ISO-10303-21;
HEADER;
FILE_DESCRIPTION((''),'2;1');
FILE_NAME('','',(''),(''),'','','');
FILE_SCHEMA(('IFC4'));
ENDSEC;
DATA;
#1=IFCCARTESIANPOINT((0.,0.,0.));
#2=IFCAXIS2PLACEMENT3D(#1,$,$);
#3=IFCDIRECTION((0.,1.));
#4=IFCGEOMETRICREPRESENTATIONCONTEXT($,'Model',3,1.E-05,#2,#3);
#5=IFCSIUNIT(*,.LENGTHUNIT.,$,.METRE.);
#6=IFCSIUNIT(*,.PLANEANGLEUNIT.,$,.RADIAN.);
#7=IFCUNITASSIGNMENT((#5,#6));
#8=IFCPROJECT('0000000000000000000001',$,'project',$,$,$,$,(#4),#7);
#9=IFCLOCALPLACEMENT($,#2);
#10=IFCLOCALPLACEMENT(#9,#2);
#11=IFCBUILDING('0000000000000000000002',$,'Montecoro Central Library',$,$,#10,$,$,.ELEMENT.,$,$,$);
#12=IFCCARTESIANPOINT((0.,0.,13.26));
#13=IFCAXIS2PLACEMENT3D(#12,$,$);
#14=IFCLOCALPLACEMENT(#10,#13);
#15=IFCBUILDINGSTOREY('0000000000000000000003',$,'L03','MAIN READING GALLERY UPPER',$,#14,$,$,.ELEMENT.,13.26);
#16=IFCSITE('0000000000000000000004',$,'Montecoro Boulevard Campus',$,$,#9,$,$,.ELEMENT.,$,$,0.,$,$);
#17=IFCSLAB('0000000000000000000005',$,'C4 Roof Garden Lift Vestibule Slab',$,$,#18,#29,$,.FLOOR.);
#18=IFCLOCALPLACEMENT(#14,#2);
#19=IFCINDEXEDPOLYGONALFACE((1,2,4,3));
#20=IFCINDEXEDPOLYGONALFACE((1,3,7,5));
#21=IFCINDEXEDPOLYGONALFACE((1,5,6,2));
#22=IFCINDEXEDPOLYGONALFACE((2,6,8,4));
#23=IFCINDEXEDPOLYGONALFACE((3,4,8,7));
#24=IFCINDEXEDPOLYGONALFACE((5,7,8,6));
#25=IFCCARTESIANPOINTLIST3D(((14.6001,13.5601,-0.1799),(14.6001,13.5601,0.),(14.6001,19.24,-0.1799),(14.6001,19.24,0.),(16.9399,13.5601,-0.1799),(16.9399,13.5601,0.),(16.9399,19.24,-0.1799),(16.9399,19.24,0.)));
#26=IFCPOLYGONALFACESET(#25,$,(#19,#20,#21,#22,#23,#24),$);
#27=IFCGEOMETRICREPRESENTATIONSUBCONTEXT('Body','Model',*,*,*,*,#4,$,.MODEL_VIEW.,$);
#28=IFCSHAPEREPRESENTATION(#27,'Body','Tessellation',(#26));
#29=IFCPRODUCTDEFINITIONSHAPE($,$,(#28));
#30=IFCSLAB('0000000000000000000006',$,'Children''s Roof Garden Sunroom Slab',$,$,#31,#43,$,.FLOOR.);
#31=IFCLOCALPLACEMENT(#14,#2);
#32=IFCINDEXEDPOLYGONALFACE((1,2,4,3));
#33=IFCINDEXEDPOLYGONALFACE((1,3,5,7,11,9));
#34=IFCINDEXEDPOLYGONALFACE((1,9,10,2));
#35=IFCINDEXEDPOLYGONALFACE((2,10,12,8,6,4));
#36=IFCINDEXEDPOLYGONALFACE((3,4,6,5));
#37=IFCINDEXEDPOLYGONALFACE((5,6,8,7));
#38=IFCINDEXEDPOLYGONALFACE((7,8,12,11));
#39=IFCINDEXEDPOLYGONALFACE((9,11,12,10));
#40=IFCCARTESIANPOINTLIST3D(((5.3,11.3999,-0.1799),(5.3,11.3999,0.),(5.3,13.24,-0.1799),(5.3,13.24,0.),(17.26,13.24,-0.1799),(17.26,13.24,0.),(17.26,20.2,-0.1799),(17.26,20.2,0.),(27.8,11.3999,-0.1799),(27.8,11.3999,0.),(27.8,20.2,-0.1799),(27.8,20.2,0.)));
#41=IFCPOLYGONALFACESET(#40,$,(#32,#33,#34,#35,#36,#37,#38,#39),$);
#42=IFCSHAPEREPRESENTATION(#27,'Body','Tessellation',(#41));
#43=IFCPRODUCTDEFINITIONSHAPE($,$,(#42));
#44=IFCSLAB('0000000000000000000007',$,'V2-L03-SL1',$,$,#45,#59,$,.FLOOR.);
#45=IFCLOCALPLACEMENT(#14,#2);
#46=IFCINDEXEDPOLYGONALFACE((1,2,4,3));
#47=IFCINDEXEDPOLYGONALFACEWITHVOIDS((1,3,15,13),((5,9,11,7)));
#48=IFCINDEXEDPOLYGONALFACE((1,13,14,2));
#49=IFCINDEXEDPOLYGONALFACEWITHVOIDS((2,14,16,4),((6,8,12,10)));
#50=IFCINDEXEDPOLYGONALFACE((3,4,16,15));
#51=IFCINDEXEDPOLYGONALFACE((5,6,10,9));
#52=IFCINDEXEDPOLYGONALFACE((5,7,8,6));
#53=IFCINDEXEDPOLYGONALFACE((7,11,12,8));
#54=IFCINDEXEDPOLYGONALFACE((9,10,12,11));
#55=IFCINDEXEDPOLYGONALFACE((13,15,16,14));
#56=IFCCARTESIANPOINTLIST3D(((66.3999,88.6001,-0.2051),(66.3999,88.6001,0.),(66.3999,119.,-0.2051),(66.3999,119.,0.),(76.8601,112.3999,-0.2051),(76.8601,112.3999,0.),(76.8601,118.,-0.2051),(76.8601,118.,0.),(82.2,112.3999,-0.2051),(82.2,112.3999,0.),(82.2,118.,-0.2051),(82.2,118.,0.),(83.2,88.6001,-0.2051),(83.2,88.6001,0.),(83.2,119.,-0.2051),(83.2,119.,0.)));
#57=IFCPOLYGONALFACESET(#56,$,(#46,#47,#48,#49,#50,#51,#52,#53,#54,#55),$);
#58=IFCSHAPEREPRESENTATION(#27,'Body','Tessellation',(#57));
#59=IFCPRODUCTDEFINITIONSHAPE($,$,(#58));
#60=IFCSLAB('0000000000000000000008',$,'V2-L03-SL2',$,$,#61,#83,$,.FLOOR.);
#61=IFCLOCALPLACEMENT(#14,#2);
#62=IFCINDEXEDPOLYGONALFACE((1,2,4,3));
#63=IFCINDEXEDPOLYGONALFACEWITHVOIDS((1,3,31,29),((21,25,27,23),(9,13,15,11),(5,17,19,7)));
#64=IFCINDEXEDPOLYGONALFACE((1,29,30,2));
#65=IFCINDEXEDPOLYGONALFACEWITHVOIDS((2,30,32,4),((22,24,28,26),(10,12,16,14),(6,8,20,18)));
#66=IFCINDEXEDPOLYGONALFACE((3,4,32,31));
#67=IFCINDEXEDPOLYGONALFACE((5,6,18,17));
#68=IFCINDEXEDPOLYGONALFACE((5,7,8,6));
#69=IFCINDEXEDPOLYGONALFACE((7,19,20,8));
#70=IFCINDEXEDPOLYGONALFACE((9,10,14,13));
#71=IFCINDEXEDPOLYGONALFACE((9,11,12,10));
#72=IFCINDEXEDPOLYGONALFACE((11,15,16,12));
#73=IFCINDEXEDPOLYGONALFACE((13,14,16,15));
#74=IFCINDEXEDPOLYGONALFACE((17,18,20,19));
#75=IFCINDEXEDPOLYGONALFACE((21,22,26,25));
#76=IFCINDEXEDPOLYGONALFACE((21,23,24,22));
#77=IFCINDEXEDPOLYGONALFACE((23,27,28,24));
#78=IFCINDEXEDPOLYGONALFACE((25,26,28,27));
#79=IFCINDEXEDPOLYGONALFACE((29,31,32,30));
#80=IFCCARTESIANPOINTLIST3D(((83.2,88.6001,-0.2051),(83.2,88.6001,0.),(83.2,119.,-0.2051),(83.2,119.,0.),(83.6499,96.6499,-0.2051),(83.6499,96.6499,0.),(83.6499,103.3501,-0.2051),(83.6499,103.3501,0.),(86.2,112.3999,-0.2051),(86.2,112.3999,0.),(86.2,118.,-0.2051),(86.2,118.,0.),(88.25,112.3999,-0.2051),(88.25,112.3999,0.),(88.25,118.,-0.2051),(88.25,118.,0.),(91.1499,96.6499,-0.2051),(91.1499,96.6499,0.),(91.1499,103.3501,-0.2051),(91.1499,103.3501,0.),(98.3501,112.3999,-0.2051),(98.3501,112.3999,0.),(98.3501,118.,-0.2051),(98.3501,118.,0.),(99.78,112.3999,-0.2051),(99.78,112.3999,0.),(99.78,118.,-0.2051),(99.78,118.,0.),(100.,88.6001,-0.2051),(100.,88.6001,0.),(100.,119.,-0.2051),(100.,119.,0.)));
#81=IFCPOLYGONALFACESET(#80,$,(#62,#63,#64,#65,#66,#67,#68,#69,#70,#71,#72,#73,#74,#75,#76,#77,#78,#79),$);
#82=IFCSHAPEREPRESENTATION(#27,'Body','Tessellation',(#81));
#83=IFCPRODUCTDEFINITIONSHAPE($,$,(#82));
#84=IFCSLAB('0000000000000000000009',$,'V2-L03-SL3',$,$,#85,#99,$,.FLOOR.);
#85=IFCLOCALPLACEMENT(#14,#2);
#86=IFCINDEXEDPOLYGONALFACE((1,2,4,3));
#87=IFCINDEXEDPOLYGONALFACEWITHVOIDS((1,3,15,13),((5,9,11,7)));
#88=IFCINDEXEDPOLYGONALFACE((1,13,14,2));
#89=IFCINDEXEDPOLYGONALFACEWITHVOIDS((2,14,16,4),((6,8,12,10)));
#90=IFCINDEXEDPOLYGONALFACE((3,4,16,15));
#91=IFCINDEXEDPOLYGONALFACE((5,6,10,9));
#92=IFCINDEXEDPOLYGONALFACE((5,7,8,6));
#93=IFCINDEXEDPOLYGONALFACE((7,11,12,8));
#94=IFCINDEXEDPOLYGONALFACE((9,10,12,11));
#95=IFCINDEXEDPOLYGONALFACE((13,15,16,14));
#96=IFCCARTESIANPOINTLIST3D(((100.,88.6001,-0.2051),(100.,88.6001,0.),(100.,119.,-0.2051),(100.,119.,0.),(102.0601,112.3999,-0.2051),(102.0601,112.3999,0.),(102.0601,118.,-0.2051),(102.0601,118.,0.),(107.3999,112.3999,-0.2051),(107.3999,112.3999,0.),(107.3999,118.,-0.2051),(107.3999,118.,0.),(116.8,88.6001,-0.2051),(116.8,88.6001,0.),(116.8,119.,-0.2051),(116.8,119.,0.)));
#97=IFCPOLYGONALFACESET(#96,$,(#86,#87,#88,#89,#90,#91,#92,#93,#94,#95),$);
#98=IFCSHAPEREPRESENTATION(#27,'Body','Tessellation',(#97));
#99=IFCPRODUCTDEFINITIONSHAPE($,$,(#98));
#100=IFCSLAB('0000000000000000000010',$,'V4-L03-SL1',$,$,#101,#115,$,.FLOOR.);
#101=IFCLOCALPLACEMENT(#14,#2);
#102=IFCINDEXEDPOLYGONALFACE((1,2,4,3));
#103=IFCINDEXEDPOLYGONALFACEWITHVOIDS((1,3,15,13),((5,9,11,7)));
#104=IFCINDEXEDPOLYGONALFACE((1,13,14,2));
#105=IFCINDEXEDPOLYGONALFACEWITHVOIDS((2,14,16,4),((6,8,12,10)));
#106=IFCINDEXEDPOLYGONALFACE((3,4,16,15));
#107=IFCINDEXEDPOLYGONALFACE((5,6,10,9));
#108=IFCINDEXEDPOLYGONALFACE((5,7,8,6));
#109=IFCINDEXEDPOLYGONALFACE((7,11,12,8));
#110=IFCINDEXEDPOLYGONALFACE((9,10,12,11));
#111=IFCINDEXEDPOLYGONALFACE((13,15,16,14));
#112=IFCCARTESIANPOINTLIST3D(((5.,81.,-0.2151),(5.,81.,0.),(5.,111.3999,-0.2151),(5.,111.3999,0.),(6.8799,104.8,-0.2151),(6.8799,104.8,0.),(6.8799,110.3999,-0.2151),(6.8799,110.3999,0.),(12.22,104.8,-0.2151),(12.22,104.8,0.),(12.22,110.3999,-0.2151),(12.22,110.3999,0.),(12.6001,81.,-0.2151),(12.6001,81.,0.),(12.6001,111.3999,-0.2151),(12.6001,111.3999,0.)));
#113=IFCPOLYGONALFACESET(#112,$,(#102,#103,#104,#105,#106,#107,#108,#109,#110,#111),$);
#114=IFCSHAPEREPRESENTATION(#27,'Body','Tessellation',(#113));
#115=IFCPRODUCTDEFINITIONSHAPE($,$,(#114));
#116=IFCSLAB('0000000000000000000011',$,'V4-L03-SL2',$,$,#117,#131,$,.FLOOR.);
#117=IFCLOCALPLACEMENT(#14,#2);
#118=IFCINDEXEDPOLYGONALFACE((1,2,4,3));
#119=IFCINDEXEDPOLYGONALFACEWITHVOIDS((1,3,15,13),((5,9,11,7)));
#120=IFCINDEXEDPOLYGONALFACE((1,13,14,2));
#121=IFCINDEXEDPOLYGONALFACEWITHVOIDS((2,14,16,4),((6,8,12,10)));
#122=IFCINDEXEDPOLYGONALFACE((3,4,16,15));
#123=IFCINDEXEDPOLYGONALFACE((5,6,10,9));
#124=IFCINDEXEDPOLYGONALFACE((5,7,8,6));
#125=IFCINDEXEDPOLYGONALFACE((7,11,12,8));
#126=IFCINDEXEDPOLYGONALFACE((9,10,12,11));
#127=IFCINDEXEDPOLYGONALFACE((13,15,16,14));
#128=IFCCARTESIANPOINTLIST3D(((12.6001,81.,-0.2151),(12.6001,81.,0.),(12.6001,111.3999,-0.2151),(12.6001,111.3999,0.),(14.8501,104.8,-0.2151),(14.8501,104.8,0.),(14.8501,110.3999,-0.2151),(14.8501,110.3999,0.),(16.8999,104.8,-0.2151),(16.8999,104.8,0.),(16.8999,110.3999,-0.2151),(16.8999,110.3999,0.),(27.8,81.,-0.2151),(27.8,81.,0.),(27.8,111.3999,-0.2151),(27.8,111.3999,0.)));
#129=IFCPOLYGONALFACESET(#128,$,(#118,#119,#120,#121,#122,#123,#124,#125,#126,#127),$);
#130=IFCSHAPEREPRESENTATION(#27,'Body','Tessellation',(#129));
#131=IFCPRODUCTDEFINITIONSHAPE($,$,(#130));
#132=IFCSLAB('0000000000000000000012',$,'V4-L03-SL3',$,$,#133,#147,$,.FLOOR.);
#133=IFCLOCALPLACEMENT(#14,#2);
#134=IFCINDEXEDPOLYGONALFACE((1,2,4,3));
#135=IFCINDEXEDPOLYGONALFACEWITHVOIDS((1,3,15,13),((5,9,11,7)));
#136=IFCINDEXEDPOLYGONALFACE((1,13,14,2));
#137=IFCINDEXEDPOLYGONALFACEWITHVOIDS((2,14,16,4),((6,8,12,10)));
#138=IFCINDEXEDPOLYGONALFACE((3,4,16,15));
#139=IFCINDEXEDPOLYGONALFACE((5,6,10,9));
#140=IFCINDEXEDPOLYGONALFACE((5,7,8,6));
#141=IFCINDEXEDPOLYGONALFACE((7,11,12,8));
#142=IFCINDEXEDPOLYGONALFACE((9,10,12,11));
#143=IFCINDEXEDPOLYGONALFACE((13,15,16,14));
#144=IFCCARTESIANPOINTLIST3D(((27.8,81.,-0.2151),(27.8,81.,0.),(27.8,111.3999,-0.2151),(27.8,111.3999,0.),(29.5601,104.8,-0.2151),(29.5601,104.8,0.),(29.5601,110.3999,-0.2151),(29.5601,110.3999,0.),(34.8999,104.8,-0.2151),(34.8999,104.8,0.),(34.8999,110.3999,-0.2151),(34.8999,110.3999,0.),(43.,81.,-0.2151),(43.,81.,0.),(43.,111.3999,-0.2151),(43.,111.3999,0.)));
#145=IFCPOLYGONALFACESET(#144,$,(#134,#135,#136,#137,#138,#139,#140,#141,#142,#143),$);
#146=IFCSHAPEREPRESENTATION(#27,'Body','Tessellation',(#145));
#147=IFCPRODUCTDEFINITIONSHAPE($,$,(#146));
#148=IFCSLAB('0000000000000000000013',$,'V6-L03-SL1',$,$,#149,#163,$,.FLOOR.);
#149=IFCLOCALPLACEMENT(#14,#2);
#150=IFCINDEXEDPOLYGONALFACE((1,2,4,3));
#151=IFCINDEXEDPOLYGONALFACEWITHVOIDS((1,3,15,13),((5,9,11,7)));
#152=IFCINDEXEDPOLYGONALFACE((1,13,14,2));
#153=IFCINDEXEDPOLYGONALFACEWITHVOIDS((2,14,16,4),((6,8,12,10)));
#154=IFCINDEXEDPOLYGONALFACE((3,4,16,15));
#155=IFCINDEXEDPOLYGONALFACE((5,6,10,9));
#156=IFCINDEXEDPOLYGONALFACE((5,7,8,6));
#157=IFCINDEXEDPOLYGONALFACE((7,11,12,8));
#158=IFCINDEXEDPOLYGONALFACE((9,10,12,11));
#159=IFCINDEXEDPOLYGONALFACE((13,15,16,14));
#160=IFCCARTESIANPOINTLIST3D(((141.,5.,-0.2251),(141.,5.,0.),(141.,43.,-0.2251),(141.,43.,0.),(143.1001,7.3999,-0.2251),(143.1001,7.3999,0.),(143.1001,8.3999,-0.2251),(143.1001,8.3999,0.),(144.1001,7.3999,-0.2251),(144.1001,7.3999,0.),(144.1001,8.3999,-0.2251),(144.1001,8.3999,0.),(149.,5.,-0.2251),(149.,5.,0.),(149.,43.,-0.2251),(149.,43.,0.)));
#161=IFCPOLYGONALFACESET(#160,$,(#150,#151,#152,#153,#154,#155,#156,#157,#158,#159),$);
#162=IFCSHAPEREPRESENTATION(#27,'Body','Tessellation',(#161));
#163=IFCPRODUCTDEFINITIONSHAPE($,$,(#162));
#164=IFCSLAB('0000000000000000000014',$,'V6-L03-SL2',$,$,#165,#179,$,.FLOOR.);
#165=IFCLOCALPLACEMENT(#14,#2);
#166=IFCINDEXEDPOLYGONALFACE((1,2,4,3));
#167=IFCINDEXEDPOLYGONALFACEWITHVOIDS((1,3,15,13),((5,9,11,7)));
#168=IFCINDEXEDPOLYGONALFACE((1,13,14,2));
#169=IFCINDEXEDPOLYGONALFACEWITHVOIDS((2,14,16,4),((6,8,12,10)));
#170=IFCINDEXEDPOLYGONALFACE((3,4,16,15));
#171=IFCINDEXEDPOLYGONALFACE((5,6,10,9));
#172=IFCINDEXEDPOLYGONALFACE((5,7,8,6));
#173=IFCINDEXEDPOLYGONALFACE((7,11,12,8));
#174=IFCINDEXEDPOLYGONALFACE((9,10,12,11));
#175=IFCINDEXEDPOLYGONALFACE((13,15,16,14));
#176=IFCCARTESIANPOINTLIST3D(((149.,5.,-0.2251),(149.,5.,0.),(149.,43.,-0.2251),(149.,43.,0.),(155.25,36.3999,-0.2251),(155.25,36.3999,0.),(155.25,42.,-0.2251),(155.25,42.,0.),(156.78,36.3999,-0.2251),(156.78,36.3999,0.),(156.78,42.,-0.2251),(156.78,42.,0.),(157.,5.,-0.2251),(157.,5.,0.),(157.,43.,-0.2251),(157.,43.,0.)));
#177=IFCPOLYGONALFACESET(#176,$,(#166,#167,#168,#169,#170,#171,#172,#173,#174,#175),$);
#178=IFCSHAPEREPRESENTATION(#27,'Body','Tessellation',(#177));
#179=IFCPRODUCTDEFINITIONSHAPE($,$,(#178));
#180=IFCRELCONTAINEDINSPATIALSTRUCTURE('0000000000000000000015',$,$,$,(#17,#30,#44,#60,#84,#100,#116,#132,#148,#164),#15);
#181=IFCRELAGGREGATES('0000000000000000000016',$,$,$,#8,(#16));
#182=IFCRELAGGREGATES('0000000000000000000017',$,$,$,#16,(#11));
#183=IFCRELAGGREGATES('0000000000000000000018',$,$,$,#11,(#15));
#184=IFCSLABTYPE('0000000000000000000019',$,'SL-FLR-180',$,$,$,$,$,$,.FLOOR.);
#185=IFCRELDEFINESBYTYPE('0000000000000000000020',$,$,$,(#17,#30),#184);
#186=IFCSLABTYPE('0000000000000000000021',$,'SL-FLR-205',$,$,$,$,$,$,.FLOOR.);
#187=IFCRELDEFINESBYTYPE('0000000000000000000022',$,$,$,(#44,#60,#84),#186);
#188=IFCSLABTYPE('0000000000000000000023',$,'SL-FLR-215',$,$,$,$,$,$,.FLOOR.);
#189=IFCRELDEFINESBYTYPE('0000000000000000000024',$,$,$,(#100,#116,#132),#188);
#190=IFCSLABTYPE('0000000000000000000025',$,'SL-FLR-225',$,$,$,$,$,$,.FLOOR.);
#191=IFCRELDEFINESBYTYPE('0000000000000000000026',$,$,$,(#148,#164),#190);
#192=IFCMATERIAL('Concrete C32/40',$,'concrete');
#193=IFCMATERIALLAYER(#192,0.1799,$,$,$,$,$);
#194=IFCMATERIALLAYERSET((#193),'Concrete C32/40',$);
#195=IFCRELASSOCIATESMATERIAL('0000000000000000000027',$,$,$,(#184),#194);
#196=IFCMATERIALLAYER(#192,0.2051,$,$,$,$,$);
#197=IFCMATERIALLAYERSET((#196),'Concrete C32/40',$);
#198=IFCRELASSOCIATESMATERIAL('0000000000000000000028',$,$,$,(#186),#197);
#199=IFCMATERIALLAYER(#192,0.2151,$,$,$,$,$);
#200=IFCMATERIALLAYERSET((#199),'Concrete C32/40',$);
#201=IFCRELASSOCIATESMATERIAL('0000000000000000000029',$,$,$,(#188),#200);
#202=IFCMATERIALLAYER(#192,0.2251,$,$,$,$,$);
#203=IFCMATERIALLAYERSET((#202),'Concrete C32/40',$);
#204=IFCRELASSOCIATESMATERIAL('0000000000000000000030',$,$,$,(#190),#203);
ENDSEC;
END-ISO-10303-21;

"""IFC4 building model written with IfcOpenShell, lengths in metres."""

from ifc_helpers import new_model, si_unit, direction, frame, origin, place, context, subcontext, project, spatial, polyline, outline, extrude, material, layer, layer_set, type_object, element, save


model = new_model("IFC4")

# Units and contexts
model_context = context("Model", 3, precision=1e-05, world=origin(), true_north=direction((0.0, 1.0)))
body_context = subcontext(model_context, "Body", "Model", "MODEL_VIEW")
ifc_project = project(units=[si_unit("LENGTHUNIT", "METRE"), si_unit("PLANEANGLEUNIT", "RADIAN")], contexts=[model_context])

# Site, building, storey
site_placement = place(None, origin())
site = spatial("IfcSite", under=ifc_project, at=site_placement, Name="Montecoro Boulevard Campus", CompositionType="ELEMENT", RefElevation=0.0)
building_placement = place(site_placement, origin())
building = spatial("IfcBuilding", under=site, at=building_placement, Name="Montecoro Central Library", CompositionType="ELEMENT")
storey_placement = place(building_placement, frame((0.0, 0.0, 13.26)))
storey = spatial("IfcBuildingStorey", under=building, at=storey_placement, Name="L03", Description="MAIN READING GALLERY UPPER", CompositionType="ELEMENT", Elevation=13.26)

# Slabs
ifc_material_1 = material(Name="Concrete C32/40", Category="concrete")
ifc_layer_1 = layer(ifc_material_1, 0.1799)
ifc_layer_set_1 = layer_set([ifc_layer_1], Name="Concrete C32/40")
slab_type_1 = type_object("IfcSlabType", Name="SL-FLR-180", PredefinedType="FLOOR", material=ifc_layer_set_1)
slab_1_placement = place(storey_placement, frame((0.0, 0.0, -0.1799)))
element("IfcSlab", 1, at=slab_1_placement, inside=storey, type_object=slab_type_1, Name="C4 Roof Garden Lift Vestibule Slab", PredefinedType="FLOOR", context=body_context, shape_type="SweptSolid", body=[
    extrude(outline(polyline([(14.6001, 13.5601), (16.9399, 13.5601), (16.9399, 19.24), (14.6001, 19.24), (14.6001, 13.5601)])), origin(), (0.0, 0.0, 1.0), 0.1799),
])
slab_2_placement = place(storey_placement, frame((0.0, 0.0, -0.1799)))
element("IfcSlab", 2, at=slab_2_placement, inside=storey, type_object=slab_type_1, Name="Children's Roof Garden Sunroom Slab", PredefinedType="FLOOR", context=body_context, shape_type="SweptSolid", body=[
    extrude(outline(polyline([(5.3, 11.3999), (27.8, 11.3999), (27.8, 20.2), (17.26, 20.2), (17.26, 13.24), (5.3, 13.24), (5.3, 11.3999)])), origin(), (0.0, 0.0, 1.0), 0.1799),
])
ifc_layer_2 = layer(ifc_material_1, 0.2051)
ifc_layer_set_2 = layer_set([ifc_layer_2], Name="Concrete C32/40")
slab_type_2 = type_object("IfcSlabType", Name="SL-FLR-205", PredefinedType="FLOOR", material=ifc_layer_set_2)
slab_3_placement = place(storey_placement, frame((0.0, 0.0, -0.2051)))
element("IfcSlab", 3, at=slab_3_placement, inside=storey, type_object=slab_type_2, Name="V2-L03-SL1", PredefinedType="FLOOR", context=body_context, shape_type="SweptSolid", body=[
    extrude(outline(polyline([(66.3999, 88.6001), (83.2, 88.6001), (83.2, 119.0), (66.3999, 119.0), (66.3999, 88.6001)]), holes=[polyline([(76.8601, 118.0), (82.2, 118.0), (82.2, 112.3999), (76.8601, 112.3999), (76.8601, 118.0)])]), origin(), (0.0, 0.0, 1.0), 0.2051),
])
slab_4_placement = place(storey_placement, frame((0.0, 0.0, -0.2051)))
element("IfcSlab", 4, at=slab_4_placement, inside=storey, type_object=slab_type_2, Name="V2-L03-SL2", PredefinedType="FLOOR", context=body_context, shape_type="SweptSolid", body=[
    extrude(outline(polyline([(83.2, 88.6001), (100.0, 88.6001), (100.0, 119.0), (83.2, 119.0), (83.2, 88.6001)]), holes=[polyline([(86.2, 118.0), (88.25, 118.0), (88.25, 112.3999), (86.2, 112.3999), (86.2, 118.0)]), polyline([(98.3501, 118.0), (99.78, 118.0), (99.78, 112.3999), (98.3501, 112.3999), (98.3501, 118.0)]), polyline([(83.6499, 103.3501), (91.1499, 103.3501), (91.1499, 96.6499), (83.6499, 96.6499), (83.6499, 103.3501)])]), origin(), (0.0, 0.0, 1.0), 0.2051),
])
slab_5_placement = place(storey_placement, frame((0.0, 0.0, -0.2051)))
element("IfcSlab", 5, at=slab_5_placement, inside=storey, type_object=slab_type_2, Name="V2-L03-SL3", PredefinedType="FLOOR", context=body_context, shape_type="SweptSolid", body=[
    extrude(outline(polyline([(100.0, 88.6001), (116.8, 88.6001), (116.8, 119.0), (100.0, 119.0), (100.0, 88.6001)]), holes=[polyline([(102.0601, 118.0), (107.3999, 118.0), (107.3999, 112.3999), (102.0601, 112.3999), (102.0601, 118.0)])]), origin(), (0.0, 0.0, 1.0), 0.2051),
])
ifc_layer_3 = layer(ifc_material_1, 0.2151)
ifc_layer_set_3 = layer_set([ifc_layer_3], Name="Concrete C32/40")
slab_type_3 = type_object("IfcSlabType", Name="SL-FLR-215", PredefinedType="FLOOR", material=ifc_layer_set_3)
slab_6_placement = place(storey_placement, frame((0.0, 0.0, -0.2151)))
element("IfcSlab", 6, at=slab_6_placement, inside=storey, type_object=slab_type_3, Name="V4-L03-SL1", PredefinedType="FLOOR", context=body_context, shape_type="SweptSolid", body=[
    extrude(outline(polyline([(5.0, 81.0), (12.6001, 81.0), (12.6001, 111.3999), (5.0, 111.3999), (5.0, 81.0)]), holes=[polyline([(6.8799, 110.3999), (12.22, 110.3999), (12.22, 104.8), (6.8799, 104.8), (6.8799, 110.3999)])]), origin(), (0.0, 0.0, 1.0), 0.2151),
])
slab_7_placement = place(storey_placement, frame((0.0, 0.0, -0.2151)))
element("IfcSlab", 7, at=slab_7_placement, inside=storey, type_object=slab_type_3, Name="V4-L03-SL2", PredefinedType="FLOOR", context=body_context, shape_type="SweptSolid", body=[
    extrude(outline(polyline([(12.6001, 81.0), (27.8, 81.0), (27.8, 111.3999), (12.6001, 111.3999), (12.6001, 81.0)]), holes=[polyline([(14.8501, 110.3999), (16.8999, 110.3999), (16.8999, 104.8), (14.8501, 104.8), (14.8501, 110.3999)])]), origin(), (0.0, 0.0, 1.0), 0.2151),
])
slab_8_placement = place(storey_placement, frame((0.0, 0.0, -0.2151)))
element("IfcSlab", 8, at=slab_8_placement, inside=storey, type_object=slab_type_3, Name="V4-L03-SL3", PredefinedType="FLOOR", context=body_context, shape_type="SweptSolid", body=[
    extrude(outline(polyline([(27.8, 81.0), (43.0, 81.0), (43.0, 111.3999), (27.8, 111.3999), (27.8, 81.0)]), holes=[polyline([(29.5601, 110.3999), (34.8999, 110.3999), (34.8999, 104.8), (29.5601, 104.8), (29.5601, 110.3999)])]), origin(), (0.0, 0.0, 1.0), 0.2151),
])
ifc_layer_4 = layer(ifc_material_1, 0.2251)
ifc_layer_set_4 = layer_set([ifc_layer_4], Name="Concrete C32/40")
slab_type_4 = type_object("IfcSlabType", Name="SL-FLR-225", PredefinedType="FLOOR", material=ifc_layer_set_4)
slab_9_placement = place(storey_placement, frame((0.0, 0.0, -0.2251)))
element("IfcSlab", 9, at=slab_9_placement, inside=storey, type_object=slab_type_4, Name="V6-L03-SL1", PredefinedType="FLOOR", context=body_context, shape_type="SweptSolid", body=[
    extrude(outline(polyline([(141.0, 5.0), (149.0, 5.0), (149.0, 43.0), (141.0, 43.0), (141.0, 5.0)]), holes=[polyline([(143.1001, 8.3999), (144.1001, 8.3999), (144.1001, 7.3999), (143.1001, 7.3999), (143.1001, 8.3999)])]), origin(), (0.0, 0.0, 1.0), 0.2251),
])
slab_10_placement = place(storey_placement, frame((0.0, 0.0, -0.2251)))
element("IfcSlab", 10, at=slab_10_placement, inside=storey, type_object=slab_type_4, Name="V6-L03-SL2", PredefinedType="FLOOR", context=body_context, shape_type="SweptSolid", body=[
    extrude(outline(polyline([(149.0, 5.0), (157.0, 5.0), (157.0, 43.0), (149.0, 43.0), (149.0, 5.0)]), holes=[polyline([(155.25, 42.0), (156.78, 42.0), (156.78, 36.3999), (155.25, 36.3999), (155.25, 42.0)])]), origin(), (0.0, 0.0, 1.0), 0.2251),
])

save(model, "model.ifc")
